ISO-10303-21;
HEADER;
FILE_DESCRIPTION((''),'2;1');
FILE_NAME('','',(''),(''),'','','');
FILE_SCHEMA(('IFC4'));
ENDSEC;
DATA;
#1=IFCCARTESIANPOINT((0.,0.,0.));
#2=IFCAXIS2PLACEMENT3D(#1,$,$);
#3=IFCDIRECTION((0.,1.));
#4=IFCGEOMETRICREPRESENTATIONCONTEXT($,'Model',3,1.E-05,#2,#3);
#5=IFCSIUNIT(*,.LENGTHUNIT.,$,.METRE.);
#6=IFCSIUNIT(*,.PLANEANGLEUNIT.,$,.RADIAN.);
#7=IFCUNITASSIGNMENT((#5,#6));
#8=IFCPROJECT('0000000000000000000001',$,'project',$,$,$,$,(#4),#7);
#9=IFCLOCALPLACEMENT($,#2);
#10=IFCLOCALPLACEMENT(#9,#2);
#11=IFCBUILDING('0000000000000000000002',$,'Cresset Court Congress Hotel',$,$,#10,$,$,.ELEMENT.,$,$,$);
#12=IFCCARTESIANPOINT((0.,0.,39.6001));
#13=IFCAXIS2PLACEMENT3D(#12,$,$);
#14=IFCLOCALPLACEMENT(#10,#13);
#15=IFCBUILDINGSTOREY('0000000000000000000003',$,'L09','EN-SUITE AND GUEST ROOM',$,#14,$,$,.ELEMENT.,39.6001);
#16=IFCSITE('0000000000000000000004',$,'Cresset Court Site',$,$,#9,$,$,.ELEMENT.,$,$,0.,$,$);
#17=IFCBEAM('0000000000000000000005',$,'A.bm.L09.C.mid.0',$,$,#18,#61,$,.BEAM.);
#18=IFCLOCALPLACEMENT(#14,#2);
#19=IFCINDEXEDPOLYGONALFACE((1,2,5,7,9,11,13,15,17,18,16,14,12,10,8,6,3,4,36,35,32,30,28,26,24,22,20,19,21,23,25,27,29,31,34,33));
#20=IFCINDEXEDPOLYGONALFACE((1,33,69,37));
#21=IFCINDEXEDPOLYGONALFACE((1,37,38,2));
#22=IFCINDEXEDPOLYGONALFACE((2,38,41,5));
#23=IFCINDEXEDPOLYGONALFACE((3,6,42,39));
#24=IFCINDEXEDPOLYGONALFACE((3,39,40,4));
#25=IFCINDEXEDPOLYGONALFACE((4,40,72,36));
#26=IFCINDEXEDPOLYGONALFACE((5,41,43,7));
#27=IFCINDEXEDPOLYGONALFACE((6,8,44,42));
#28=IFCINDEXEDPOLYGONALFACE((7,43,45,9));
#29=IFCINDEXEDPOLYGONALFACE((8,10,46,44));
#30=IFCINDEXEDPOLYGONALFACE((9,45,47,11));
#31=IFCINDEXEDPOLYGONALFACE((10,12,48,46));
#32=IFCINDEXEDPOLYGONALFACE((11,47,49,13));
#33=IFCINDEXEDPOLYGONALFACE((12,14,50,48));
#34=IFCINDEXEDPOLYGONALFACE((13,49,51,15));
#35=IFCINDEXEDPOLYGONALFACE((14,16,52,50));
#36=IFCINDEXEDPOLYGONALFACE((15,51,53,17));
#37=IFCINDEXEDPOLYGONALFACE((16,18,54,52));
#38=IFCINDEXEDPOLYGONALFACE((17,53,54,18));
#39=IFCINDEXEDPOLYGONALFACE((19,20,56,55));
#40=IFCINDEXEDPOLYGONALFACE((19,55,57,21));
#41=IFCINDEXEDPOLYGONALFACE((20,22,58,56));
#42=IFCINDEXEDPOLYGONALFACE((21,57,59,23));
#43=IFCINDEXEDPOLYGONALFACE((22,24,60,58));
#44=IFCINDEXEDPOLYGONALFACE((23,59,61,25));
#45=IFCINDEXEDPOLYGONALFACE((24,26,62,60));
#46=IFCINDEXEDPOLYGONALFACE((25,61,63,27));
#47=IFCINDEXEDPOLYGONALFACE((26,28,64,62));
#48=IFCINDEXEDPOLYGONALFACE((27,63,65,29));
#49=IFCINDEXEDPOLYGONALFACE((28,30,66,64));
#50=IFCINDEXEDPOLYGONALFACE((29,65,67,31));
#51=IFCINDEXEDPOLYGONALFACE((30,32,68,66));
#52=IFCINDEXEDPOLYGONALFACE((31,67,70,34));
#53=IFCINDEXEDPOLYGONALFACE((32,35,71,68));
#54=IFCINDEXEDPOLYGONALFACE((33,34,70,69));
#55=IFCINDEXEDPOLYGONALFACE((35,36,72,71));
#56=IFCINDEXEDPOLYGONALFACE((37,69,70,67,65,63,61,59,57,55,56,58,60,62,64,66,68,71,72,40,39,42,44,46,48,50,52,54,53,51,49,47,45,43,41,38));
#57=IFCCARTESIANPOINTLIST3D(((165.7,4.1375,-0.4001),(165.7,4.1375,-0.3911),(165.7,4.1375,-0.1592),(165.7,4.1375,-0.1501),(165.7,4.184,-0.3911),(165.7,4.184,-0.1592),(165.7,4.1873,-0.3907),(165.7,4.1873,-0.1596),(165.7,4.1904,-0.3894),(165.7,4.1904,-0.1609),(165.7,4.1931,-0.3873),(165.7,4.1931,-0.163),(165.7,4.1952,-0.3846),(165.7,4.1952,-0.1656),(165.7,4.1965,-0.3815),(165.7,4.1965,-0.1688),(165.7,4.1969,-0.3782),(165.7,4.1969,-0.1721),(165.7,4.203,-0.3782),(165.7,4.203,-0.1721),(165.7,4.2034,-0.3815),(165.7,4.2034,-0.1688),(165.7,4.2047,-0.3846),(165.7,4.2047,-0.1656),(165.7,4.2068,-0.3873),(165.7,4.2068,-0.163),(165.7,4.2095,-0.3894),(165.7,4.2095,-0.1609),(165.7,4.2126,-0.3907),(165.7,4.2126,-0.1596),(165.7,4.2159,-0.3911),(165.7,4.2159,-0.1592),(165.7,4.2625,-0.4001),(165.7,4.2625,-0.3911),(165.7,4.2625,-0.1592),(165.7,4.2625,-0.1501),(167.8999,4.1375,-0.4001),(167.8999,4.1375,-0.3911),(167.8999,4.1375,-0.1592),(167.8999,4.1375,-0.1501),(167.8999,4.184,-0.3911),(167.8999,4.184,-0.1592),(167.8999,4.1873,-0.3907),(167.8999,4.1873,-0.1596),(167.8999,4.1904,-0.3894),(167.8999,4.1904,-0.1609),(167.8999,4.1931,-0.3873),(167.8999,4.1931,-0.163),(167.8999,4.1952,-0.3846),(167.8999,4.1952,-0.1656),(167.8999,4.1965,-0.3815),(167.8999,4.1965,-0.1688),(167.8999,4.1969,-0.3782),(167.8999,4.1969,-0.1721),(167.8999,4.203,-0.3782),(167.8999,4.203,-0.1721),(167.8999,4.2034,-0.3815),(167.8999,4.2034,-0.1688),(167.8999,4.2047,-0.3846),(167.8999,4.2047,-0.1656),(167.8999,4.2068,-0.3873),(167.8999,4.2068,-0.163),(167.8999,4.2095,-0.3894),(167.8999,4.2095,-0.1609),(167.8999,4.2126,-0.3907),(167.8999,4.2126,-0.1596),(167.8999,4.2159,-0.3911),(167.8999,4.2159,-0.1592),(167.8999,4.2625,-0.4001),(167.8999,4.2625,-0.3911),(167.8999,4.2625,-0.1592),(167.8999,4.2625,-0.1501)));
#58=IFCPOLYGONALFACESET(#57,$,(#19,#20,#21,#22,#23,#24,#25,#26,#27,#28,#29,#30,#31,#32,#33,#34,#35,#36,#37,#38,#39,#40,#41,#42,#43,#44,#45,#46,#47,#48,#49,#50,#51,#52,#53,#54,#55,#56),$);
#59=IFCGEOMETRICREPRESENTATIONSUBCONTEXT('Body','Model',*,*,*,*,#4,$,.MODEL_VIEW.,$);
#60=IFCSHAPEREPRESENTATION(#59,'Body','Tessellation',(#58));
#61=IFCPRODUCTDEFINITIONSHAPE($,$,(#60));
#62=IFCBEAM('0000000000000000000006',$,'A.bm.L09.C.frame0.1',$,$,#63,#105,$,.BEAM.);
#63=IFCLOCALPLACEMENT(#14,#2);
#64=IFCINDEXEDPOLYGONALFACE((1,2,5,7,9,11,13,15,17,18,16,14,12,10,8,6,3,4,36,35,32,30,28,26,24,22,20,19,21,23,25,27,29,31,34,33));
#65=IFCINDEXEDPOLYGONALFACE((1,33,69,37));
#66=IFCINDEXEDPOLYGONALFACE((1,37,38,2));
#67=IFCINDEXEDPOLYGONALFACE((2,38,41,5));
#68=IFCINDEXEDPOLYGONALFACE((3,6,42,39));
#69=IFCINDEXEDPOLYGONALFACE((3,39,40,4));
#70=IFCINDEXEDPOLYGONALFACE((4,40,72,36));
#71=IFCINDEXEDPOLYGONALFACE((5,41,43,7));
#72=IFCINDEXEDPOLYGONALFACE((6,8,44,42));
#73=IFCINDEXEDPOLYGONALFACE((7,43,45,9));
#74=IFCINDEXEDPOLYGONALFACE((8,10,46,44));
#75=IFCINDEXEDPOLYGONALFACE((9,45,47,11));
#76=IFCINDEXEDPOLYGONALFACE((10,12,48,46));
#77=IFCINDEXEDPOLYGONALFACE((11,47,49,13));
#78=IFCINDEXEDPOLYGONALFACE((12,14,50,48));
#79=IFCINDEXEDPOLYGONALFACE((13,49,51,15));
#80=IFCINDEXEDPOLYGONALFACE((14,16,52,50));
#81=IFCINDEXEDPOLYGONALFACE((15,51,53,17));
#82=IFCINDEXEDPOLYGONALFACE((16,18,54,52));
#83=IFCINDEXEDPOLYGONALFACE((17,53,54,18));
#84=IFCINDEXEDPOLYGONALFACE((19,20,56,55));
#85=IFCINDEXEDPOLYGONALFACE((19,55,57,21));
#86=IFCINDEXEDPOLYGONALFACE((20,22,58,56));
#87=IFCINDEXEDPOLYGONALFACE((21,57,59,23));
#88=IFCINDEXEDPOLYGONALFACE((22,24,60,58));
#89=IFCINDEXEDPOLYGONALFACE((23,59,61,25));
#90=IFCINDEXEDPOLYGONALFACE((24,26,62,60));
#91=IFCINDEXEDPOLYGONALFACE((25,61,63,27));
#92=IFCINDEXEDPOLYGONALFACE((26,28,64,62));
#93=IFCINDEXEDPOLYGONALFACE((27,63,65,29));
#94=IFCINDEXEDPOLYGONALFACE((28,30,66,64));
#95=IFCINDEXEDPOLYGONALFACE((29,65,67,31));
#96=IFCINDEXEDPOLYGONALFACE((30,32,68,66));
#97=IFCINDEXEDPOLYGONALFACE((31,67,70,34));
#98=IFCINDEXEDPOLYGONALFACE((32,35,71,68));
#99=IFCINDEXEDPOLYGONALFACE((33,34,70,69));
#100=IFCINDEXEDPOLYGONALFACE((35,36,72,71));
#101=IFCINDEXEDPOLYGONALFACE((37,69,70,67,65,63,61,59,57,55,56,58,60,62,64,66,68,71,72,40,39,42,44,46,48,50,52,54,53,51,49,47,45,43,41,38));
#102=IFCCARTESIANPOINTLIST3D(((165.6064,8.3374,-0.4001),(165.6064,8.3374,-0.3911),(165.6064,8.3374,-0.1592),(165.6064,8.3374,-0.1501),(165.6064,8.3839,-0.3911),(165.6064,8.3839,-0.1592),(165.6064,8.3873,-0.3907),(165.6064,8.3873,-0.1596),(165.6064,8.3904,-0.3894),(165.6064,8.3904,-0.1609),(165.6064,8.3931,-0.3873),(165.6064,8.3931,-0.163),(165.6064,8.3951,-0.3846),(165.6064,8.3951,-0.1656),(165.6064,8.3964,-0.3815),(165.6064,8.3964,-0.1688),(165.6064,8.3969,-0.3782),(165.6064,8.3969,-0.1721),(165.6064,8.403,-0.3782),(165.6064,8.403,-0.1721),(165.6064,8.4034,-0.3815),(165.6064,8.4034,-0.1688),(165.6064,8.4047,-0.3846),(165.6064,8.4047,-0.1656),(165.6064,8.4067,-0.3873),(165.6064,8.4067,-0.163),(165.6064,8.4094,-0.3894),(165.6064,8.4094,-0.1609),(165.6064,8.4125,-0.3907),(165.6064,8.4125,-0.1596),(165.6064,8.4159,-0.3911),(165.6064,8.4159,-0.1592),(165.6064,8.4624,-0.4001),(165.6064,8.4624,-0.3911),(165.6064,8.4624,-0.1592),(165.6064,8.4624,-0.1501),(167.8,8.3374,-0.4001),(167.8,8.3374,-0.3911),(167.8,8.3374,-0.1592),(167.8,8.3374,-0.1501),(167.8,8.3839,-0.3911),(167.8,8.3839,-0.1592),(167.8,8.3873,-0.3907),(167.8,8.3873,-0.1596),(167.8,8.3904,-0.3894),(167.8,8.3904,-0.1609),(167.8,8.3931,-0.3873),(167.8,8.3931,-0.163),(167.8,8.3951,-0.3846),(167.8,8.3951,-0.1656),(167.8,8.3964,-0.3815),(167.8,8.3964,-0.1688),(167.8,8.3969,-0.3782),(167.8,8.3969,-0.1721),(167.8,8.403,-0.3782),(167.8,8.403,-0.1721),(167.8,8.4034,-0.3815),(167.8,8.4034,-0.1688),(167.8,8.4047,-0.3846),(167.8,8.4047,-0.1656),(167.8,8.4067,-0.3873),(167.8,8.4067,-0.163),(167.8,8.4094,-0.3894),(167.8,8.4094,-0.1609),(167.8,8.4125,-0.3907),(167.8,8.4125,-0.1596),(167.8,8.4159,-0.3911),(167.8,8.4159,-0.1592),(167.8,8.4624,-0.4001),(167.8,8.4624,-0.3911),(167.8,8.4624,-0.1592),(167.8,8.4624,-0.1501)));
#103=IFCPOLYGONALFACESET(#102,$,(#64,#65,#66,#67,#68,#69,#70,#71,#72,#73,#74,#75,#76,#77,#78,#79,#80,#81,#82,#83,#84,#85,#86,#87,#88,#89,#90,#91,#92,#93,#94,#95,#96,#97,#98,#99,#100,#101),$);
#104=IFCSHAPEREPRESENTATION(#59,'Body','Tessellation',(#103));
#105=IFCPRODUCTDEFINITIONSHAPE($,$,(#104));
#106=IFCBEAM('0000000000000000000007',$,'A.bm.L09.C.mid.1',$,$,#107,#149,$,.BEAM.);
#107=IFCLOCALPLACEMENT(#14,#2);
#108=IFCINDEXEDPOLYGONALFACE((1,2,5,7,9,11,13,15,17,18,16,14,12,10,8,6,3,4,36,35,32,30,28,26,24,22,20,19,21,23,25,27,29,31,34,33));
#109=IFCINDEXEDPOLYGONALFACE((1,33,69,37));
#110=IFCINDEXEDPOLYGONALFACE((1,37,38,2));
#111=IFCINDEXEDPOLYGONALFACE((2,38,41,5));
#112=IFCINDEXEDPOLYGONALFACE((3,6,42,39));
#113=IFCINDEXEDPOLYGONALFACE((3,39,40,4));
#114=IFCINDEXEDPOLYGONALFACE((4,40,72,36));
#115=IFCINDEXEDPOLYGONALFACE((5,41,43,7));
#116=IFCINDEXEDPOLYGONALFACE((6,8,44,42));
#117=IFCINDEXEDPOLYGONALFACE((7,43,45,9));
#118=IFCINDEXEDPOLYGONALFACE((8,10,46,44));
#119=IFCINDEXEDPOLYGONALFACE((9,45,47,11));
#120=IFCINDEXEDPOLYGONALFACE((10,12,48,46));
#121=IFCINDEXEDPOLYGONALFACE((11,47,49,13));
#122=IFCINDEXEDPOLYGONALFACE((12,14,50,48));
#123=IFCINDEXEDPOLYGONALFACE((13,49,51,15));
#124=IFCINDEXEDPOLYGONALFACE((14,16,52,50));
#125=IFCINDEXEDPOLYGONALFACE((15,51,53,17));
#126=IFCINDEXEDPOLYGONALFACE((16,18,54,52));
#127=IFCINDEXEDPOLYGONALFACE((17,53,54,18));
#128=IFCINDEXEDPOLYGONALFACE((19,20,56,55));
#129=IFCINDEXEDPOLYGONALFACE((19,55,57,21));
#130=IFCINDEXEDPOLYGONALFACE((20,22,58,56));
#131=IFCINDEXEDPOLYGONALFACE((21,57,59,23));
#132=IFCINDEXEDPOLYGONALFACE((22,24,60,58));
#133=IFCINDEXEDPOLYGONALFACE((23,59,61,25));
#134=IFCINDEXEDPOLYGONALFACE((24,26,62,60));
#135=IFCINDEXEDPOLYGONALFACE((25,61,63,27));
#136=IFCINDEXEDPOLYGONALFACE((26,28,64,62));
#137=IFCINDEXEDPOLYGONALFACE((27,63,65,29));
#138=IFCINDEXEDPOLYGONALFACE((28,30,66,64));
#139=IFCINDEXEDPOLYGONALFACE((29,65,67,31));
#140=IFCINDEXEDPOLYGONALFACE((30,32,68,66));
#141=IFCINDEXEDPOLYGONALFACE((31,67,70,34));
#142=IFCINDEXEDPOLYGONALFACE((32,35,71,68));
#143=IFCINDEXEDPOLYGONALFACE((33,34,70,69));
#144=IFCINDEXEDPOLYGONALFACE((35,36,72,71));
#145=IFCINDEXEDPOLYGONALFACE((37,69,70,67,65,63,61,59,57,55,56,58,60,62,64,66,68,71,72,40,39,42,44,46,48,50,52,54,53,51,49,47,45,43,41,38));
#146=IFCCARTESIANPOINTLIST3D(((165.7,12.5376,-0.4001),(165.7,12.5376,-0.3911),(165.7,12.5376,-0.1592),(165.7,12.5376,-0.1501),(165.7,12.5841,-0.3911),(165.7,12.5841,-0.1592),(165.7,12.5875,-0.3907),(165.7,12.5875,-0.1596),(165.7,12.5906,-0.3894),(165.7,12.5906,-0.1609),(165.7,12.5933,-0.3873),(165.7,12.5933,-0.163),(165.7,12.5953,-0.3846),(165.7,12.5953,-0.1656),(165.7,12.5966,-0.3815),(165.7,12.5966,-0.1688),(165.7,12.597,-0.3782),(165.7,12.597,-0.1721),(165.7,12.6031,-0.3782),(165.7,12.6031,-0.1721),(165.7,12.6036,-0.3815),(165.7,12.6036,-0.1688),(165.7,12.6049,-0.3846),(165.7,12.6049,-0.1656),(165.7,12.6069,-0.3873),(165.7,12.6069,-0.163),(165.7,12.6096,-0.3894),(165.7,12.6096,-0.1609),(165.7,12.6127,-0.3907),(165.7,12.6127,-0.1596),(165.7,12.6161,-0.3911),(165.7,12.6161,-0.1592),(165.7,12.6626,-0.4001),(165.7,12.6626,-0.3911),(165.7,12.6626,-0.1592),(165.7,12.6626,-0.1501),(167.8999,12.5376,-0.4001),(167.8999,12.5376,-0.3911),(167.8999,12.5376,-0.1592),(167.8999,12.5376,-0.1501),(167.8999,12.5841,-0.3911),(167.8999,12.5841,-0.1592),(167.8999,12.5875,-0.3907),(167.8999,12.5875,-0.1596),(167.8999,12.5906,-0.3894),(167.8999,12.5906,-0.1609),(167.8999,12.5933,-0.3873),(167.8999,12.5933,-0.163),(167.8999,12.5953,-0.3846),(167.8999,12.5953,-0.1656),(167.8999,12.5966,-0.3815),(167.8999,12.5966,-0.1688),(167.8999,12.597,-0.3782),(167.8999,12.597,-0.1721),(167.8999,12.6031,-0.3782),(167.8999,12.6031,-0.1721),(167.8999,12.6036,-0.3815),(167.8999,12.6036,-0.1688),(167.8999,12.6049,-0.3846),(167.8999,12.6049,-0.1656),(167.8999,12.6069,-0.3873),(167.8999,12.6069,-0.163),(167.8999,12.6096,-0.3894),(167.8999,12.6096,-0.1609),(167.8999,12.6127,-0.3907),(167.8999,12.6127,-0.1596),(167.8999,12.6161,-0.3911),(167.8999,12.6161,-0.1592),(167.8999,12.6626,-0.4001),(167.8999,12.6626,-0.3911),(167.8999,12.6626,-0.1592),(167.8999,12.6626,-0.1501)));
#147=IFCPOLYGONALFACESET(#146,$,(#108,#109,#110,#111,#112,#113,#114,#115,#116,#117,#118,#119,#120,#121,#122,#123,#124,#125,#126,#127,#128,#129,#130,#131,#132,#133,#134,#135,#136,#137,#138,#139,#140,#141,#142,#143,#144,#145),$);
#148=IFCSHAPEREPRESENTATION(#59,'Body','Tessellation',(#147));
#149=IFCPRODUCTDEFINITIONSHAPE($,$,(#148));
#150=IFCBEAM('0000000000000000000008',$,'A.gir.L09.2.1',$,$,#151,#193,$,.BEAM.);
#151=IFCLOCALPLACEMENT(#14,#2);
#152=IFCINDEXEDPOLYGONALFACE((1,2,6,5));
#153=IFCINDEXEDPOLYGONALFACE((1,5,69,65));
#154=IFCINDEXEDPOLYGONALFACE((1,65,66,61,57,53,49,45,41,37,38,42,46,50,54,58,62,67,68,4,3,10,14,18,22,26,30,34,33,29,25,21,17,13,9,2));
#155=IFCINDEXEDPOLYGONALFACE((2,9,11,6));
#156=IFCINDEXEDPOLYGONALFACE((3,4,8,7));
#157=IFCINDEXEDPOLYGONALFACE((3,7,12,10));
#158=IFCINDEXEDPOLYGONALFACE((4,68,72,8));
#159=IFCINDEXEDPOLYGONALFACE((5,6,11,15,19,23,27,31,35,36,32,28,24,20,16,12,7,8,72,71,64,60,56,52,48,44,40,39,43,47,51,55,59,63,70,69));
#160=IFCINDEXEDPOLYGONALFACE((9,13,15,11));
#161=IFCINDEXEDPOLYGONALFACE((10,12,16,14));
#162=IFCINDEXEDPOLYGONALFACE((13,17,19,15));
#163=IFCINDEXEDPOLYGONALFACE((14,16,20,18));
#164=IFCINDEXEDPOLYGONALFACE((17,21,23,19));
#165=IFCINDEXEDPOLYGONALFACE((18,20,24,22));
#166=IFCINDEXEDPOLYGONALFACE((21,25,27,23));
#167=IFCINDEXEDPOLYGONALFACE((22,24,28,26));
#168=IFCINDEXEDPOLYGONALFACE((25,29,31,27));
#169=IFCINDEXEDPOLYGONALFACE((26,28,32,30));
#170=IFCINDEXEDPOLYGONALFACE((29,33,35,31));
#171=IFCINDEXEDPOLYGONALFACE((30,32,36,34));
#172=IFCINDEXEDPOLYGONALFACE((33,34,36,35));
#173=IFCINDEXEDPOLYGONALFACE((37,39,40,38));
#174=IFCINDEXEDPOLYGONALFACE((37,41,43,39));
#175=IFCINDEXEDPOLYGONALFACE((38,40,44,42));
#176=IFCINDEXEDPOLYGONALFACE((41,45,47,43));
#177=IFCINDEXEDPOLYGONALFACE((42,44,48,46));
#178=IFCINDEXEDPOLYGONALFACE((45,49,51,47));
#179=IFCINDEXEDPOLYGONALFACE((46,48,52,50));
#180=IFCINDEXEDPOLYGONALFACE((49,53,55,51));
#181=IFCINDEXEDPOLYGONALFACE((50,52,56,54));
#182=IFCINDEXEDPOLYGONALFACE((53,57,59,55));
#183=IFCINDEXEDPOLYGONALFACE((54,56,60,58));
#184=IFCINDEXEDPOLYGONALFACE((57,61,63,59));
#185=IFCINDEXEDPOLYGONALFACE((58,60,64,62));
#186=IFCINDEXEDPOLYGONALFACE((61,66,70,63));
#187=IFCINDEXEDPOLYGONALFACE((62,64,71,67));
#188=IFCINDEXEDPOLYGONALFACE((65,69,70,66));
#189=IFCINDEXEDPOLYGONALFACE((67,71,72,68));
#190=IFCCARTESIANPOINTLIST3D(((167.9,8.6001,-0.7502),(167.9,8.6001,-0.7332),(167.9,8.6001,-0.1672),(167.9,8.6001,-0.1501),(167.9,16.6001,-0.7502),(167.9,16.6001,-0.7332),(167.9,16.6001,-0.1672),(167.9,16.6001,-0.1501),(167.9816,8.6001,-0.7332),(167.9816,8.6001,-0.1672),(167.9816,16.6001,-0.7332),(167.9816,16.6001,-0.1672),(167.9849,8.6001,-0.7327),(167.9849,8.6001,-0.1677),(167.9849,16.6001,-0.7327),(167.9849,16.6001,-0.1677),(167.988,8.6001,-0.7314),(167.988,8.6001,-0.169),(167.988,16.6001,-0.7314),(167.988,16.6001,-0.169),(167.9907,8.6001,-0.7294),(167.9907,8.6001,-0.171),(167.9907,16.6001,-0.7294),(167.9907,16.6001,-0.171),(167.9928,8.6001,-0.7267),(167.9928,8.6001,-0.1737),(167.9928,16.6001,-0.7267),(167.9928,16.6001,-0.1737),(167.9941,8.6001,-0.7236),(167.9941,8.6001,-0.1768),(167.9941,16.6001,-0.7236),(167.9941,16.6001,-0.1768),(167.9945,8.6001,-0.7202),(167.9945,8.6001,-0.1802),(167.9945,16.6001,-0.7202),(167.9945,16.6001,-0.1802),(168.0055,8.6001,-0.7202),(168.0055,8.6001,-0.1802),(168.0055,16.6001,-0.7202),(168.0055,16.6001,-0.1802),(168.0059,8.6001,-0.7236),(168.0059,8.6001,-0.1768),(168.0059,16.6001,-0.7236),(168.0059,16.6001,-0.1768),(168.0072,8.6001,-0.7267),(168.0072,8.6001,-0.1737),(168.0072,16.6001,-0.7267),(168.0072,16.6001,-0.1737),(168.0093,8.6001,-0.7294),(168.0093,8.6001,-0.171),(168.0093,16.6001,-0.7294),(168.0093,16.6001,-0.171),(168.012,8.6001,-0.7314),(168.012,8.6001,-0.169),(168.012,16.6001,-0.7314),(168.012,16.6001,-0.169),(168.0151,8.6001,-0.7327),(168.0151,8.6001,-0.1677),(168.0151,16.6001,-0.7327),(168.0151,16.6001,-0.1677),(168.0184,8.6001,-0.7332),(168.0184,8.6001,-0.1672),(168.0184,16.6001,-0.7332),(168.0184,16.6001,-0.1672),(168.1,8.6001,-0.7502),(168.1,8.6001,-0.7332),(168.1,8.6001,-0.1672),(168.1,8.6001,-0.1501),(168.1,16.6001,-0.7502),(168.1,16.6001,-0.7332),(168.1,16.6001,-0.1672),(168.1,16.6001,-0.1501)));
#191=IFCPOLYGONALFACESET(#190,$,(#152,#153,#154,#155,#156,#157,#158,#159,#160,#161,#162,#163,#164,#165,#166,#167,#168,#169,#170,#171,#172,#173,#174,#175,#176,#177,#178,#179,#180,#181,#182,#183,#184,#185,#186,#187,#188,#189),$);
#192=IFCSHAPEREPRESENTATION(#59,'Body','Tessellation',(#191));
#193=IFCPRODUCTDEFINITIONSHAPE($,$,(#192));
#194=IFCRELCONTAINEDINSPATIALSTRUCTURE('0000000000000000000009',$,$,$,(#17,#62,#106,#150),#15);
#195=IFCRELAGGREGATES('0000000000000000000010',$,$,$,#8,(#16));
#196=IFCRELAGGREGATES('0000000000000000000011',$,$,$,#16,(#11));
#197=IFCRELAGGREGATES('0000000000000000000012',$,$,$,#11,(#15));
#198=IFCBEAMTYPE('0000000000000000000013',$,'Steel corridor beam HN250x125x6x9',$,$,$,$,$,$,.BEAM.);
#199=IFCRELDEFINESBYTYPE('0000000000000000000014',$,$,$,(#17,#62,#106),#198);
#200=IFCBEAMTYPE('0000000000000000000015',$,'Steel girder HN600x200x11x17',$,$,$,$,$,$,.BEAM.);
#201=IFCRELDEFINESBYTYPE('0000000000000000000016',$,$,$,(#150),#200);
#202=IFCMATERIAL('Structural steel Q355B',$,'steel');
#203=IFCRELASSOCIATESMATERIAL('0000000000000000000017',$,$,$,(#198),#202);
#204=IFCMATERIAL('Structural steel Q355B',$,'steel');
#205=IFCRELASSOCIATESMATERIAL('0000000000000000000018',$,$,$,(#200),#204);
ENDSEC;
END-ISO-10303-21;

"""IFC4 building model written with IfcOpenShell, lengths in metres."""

from ifc_helpers import new_model, si_unit, direction, frame, origin, origin_2d, place, context, subcontext, project, spatial, i_section, extrude, material, material_profile, profile_set, type_object, element, save


model = new_model("IFC4")

# Units and contexts
model_context = context("Model", 3, precision=1e-05, world=origin(), true_north=direction((0.0, 1.0)))
body_context = subcontext(model_context, "Body", "Model", "MODEL_VIEW")
ifc_project = project(units=[si_unit("LENGTHUNIT", "METRE"), si_unit("PLANEANGLEUNIT", "RADIAN")], contexts=[model_context])

# Site, building, storey
site_placement = place(None, origin())
site = spatial("IfcSite", under=ifc_project, at=site_placement, Name="Cresset Court Site", CompositionType="ELEMENT", RefElevation=0.0)
building_placement = place(site_placement, origin())
building = spatial("IfcBuilding", under=site, at=building_placement, Name="Cresset Court Congress Hotel", CompositionType="ELEMENT")
storey_placement = place(building_placement, frame((0.0, 0.0, 39.6001)))
storey = spatial("IfcBuildingStorey", under=building, at=storey_placement, Name="L09", Description="EN-SUITE AND GUEST ROOM", CompositionType="ELEMENT", Elevation=39.6001)

# Beams
ifc_material_1 = material(Name="Structural steel Q355B", Category="steel")
ifc_material_profile_1 = material_profile(ifc_material_1, i_section(OverallWidth=0.125, OverallDepth=0.25, WebThickness=0.0061, FlangeThickness=0.009, FilletRadius=0.0129, at=origin_2d()), Name="HN250x125x6x9")
ifc_profile_set_1 = profile_set([ifc_material_profile_1], Name="Structural steel Q355B")
beam_type_1 = type_object("IfcBeamType", Name="Steel corridor beam HN250x125x6x9", PredefinedType="BEAM", material=ifc_profile_set_1)
beam_1_placement = place(storey_placement, frame((165.7, 4.2, -0.2751), z_axis=(1.0, 0.0, 0.0), x_axis=(0.0, 1.0, 0.0)))
element("IfcBeam", 1, at=beam_1_placement, inside=storey, type_object=beam_type_1, Name="A.bm.L09.C.mid.0", PredefinedType="BEAM", context=body_context, shape_type="SweptSolid", body=[
    extrude(i_section(OverallWidth=0.125, OverallDepth=0.25, WebThickness=0.0061, FlangeThickness=0.009, FilletRadius=0.0129, at=origin_2d()), origin(), (0.0, 0.0, 1.0), 2.2),
])
beam_2_placement = place(storey_placement, frame((165.6064, 8.3999, -0.2751), z_axis=(1.0, 0.0, 0.0), x_axis=(0.0, 1.0, 0.0)))
element("IfcBeam", 2, at=beam_2_placement, inside=storey, type_object=beam_type_1, Name="A.bm.L09.C.frame0.1", PredefinedType="BEAM", context=body_context, shape_type="SweptSolid", body=[
    extrude(i_section(OverallWidth=0.125, OverallDepth=0.25, WebThickness=0.0061, FlangeThickness=0.009, FilletRadius=0.0129, at=origin_2d()), origin(), (0.0, 0.0, 1.0), 2.1936),
])
beam_3_placement = place(storey_placement, frame((165.7, 12.6001, -0.2751), z_axis=(1.0, 0.0, 0.0), x_axis=(0.0, 1.0, 0.0)))
element("IfcBeam", 3, at=beam_3_placement, inside=storey, type_object=beam_type_1, Name="A.bm.L09.C.mid.1", PredefinedType="BEAM", context=body_context, shape_type="SweptSolid", body=[
    extrude(i_section(OverallWidth=0.125, OverallDepth=0.25, WebThickness=0.0061, FlangeThickness=0.009, FilletRadius=0.0129, at=origin_2d()), origin(), (0.0, 0.0, 1.0), 2.2),
])
ifc_material_2 = material(Name="Structural steel Q355B", Category="steel")
ifc_material_profile_2 = material_profile(ifc_material_2, i_section(OverallWidth=0.2, OverallDepth=0.6001, WebThickness=0.011, FlangeThickness=0.0171, FilletRadius=0.0129, at=origin_2d()), Name="HN600x200x11x17")
ifc_profile_set_2 = profile_set([ifc_material_profile_2], Name="Structural steel Q355B")
beam_type_2 = type_object("IfcBeamType", Name="Steel girder HN600x200x11x17", PredefinedType="BEAM", material=ifc_profile_set_2)
for number, where, z_axis, x_axis, name in (
    (4, (168.0, 8.6001, -0.4502), (0.0, 1.0, 0.0), (-1.0, 0.0, 0.0), "A.gir.L09.2.1"),
):
    element("IfcBeam", number, at=place(storey_placement, frame(where, z_axis=z_axis, x_axis=x_axis)), inside=storey, type_object=beam_type_2, Name=name, PredefinedType="BEAM", context=body_context, shape_type="SweptSolid", body=[
        extrude(i_section(OverallWidth=0.2, OverallDepth=0.6001, WebThickness=0.011, FlangeThickness=0.0171, FilletRadius=0.0129, at=origin_2d()), origin(), (0.0, 0.0, 1.0), 8.0),
    ])

save(model, "model.ifc")
